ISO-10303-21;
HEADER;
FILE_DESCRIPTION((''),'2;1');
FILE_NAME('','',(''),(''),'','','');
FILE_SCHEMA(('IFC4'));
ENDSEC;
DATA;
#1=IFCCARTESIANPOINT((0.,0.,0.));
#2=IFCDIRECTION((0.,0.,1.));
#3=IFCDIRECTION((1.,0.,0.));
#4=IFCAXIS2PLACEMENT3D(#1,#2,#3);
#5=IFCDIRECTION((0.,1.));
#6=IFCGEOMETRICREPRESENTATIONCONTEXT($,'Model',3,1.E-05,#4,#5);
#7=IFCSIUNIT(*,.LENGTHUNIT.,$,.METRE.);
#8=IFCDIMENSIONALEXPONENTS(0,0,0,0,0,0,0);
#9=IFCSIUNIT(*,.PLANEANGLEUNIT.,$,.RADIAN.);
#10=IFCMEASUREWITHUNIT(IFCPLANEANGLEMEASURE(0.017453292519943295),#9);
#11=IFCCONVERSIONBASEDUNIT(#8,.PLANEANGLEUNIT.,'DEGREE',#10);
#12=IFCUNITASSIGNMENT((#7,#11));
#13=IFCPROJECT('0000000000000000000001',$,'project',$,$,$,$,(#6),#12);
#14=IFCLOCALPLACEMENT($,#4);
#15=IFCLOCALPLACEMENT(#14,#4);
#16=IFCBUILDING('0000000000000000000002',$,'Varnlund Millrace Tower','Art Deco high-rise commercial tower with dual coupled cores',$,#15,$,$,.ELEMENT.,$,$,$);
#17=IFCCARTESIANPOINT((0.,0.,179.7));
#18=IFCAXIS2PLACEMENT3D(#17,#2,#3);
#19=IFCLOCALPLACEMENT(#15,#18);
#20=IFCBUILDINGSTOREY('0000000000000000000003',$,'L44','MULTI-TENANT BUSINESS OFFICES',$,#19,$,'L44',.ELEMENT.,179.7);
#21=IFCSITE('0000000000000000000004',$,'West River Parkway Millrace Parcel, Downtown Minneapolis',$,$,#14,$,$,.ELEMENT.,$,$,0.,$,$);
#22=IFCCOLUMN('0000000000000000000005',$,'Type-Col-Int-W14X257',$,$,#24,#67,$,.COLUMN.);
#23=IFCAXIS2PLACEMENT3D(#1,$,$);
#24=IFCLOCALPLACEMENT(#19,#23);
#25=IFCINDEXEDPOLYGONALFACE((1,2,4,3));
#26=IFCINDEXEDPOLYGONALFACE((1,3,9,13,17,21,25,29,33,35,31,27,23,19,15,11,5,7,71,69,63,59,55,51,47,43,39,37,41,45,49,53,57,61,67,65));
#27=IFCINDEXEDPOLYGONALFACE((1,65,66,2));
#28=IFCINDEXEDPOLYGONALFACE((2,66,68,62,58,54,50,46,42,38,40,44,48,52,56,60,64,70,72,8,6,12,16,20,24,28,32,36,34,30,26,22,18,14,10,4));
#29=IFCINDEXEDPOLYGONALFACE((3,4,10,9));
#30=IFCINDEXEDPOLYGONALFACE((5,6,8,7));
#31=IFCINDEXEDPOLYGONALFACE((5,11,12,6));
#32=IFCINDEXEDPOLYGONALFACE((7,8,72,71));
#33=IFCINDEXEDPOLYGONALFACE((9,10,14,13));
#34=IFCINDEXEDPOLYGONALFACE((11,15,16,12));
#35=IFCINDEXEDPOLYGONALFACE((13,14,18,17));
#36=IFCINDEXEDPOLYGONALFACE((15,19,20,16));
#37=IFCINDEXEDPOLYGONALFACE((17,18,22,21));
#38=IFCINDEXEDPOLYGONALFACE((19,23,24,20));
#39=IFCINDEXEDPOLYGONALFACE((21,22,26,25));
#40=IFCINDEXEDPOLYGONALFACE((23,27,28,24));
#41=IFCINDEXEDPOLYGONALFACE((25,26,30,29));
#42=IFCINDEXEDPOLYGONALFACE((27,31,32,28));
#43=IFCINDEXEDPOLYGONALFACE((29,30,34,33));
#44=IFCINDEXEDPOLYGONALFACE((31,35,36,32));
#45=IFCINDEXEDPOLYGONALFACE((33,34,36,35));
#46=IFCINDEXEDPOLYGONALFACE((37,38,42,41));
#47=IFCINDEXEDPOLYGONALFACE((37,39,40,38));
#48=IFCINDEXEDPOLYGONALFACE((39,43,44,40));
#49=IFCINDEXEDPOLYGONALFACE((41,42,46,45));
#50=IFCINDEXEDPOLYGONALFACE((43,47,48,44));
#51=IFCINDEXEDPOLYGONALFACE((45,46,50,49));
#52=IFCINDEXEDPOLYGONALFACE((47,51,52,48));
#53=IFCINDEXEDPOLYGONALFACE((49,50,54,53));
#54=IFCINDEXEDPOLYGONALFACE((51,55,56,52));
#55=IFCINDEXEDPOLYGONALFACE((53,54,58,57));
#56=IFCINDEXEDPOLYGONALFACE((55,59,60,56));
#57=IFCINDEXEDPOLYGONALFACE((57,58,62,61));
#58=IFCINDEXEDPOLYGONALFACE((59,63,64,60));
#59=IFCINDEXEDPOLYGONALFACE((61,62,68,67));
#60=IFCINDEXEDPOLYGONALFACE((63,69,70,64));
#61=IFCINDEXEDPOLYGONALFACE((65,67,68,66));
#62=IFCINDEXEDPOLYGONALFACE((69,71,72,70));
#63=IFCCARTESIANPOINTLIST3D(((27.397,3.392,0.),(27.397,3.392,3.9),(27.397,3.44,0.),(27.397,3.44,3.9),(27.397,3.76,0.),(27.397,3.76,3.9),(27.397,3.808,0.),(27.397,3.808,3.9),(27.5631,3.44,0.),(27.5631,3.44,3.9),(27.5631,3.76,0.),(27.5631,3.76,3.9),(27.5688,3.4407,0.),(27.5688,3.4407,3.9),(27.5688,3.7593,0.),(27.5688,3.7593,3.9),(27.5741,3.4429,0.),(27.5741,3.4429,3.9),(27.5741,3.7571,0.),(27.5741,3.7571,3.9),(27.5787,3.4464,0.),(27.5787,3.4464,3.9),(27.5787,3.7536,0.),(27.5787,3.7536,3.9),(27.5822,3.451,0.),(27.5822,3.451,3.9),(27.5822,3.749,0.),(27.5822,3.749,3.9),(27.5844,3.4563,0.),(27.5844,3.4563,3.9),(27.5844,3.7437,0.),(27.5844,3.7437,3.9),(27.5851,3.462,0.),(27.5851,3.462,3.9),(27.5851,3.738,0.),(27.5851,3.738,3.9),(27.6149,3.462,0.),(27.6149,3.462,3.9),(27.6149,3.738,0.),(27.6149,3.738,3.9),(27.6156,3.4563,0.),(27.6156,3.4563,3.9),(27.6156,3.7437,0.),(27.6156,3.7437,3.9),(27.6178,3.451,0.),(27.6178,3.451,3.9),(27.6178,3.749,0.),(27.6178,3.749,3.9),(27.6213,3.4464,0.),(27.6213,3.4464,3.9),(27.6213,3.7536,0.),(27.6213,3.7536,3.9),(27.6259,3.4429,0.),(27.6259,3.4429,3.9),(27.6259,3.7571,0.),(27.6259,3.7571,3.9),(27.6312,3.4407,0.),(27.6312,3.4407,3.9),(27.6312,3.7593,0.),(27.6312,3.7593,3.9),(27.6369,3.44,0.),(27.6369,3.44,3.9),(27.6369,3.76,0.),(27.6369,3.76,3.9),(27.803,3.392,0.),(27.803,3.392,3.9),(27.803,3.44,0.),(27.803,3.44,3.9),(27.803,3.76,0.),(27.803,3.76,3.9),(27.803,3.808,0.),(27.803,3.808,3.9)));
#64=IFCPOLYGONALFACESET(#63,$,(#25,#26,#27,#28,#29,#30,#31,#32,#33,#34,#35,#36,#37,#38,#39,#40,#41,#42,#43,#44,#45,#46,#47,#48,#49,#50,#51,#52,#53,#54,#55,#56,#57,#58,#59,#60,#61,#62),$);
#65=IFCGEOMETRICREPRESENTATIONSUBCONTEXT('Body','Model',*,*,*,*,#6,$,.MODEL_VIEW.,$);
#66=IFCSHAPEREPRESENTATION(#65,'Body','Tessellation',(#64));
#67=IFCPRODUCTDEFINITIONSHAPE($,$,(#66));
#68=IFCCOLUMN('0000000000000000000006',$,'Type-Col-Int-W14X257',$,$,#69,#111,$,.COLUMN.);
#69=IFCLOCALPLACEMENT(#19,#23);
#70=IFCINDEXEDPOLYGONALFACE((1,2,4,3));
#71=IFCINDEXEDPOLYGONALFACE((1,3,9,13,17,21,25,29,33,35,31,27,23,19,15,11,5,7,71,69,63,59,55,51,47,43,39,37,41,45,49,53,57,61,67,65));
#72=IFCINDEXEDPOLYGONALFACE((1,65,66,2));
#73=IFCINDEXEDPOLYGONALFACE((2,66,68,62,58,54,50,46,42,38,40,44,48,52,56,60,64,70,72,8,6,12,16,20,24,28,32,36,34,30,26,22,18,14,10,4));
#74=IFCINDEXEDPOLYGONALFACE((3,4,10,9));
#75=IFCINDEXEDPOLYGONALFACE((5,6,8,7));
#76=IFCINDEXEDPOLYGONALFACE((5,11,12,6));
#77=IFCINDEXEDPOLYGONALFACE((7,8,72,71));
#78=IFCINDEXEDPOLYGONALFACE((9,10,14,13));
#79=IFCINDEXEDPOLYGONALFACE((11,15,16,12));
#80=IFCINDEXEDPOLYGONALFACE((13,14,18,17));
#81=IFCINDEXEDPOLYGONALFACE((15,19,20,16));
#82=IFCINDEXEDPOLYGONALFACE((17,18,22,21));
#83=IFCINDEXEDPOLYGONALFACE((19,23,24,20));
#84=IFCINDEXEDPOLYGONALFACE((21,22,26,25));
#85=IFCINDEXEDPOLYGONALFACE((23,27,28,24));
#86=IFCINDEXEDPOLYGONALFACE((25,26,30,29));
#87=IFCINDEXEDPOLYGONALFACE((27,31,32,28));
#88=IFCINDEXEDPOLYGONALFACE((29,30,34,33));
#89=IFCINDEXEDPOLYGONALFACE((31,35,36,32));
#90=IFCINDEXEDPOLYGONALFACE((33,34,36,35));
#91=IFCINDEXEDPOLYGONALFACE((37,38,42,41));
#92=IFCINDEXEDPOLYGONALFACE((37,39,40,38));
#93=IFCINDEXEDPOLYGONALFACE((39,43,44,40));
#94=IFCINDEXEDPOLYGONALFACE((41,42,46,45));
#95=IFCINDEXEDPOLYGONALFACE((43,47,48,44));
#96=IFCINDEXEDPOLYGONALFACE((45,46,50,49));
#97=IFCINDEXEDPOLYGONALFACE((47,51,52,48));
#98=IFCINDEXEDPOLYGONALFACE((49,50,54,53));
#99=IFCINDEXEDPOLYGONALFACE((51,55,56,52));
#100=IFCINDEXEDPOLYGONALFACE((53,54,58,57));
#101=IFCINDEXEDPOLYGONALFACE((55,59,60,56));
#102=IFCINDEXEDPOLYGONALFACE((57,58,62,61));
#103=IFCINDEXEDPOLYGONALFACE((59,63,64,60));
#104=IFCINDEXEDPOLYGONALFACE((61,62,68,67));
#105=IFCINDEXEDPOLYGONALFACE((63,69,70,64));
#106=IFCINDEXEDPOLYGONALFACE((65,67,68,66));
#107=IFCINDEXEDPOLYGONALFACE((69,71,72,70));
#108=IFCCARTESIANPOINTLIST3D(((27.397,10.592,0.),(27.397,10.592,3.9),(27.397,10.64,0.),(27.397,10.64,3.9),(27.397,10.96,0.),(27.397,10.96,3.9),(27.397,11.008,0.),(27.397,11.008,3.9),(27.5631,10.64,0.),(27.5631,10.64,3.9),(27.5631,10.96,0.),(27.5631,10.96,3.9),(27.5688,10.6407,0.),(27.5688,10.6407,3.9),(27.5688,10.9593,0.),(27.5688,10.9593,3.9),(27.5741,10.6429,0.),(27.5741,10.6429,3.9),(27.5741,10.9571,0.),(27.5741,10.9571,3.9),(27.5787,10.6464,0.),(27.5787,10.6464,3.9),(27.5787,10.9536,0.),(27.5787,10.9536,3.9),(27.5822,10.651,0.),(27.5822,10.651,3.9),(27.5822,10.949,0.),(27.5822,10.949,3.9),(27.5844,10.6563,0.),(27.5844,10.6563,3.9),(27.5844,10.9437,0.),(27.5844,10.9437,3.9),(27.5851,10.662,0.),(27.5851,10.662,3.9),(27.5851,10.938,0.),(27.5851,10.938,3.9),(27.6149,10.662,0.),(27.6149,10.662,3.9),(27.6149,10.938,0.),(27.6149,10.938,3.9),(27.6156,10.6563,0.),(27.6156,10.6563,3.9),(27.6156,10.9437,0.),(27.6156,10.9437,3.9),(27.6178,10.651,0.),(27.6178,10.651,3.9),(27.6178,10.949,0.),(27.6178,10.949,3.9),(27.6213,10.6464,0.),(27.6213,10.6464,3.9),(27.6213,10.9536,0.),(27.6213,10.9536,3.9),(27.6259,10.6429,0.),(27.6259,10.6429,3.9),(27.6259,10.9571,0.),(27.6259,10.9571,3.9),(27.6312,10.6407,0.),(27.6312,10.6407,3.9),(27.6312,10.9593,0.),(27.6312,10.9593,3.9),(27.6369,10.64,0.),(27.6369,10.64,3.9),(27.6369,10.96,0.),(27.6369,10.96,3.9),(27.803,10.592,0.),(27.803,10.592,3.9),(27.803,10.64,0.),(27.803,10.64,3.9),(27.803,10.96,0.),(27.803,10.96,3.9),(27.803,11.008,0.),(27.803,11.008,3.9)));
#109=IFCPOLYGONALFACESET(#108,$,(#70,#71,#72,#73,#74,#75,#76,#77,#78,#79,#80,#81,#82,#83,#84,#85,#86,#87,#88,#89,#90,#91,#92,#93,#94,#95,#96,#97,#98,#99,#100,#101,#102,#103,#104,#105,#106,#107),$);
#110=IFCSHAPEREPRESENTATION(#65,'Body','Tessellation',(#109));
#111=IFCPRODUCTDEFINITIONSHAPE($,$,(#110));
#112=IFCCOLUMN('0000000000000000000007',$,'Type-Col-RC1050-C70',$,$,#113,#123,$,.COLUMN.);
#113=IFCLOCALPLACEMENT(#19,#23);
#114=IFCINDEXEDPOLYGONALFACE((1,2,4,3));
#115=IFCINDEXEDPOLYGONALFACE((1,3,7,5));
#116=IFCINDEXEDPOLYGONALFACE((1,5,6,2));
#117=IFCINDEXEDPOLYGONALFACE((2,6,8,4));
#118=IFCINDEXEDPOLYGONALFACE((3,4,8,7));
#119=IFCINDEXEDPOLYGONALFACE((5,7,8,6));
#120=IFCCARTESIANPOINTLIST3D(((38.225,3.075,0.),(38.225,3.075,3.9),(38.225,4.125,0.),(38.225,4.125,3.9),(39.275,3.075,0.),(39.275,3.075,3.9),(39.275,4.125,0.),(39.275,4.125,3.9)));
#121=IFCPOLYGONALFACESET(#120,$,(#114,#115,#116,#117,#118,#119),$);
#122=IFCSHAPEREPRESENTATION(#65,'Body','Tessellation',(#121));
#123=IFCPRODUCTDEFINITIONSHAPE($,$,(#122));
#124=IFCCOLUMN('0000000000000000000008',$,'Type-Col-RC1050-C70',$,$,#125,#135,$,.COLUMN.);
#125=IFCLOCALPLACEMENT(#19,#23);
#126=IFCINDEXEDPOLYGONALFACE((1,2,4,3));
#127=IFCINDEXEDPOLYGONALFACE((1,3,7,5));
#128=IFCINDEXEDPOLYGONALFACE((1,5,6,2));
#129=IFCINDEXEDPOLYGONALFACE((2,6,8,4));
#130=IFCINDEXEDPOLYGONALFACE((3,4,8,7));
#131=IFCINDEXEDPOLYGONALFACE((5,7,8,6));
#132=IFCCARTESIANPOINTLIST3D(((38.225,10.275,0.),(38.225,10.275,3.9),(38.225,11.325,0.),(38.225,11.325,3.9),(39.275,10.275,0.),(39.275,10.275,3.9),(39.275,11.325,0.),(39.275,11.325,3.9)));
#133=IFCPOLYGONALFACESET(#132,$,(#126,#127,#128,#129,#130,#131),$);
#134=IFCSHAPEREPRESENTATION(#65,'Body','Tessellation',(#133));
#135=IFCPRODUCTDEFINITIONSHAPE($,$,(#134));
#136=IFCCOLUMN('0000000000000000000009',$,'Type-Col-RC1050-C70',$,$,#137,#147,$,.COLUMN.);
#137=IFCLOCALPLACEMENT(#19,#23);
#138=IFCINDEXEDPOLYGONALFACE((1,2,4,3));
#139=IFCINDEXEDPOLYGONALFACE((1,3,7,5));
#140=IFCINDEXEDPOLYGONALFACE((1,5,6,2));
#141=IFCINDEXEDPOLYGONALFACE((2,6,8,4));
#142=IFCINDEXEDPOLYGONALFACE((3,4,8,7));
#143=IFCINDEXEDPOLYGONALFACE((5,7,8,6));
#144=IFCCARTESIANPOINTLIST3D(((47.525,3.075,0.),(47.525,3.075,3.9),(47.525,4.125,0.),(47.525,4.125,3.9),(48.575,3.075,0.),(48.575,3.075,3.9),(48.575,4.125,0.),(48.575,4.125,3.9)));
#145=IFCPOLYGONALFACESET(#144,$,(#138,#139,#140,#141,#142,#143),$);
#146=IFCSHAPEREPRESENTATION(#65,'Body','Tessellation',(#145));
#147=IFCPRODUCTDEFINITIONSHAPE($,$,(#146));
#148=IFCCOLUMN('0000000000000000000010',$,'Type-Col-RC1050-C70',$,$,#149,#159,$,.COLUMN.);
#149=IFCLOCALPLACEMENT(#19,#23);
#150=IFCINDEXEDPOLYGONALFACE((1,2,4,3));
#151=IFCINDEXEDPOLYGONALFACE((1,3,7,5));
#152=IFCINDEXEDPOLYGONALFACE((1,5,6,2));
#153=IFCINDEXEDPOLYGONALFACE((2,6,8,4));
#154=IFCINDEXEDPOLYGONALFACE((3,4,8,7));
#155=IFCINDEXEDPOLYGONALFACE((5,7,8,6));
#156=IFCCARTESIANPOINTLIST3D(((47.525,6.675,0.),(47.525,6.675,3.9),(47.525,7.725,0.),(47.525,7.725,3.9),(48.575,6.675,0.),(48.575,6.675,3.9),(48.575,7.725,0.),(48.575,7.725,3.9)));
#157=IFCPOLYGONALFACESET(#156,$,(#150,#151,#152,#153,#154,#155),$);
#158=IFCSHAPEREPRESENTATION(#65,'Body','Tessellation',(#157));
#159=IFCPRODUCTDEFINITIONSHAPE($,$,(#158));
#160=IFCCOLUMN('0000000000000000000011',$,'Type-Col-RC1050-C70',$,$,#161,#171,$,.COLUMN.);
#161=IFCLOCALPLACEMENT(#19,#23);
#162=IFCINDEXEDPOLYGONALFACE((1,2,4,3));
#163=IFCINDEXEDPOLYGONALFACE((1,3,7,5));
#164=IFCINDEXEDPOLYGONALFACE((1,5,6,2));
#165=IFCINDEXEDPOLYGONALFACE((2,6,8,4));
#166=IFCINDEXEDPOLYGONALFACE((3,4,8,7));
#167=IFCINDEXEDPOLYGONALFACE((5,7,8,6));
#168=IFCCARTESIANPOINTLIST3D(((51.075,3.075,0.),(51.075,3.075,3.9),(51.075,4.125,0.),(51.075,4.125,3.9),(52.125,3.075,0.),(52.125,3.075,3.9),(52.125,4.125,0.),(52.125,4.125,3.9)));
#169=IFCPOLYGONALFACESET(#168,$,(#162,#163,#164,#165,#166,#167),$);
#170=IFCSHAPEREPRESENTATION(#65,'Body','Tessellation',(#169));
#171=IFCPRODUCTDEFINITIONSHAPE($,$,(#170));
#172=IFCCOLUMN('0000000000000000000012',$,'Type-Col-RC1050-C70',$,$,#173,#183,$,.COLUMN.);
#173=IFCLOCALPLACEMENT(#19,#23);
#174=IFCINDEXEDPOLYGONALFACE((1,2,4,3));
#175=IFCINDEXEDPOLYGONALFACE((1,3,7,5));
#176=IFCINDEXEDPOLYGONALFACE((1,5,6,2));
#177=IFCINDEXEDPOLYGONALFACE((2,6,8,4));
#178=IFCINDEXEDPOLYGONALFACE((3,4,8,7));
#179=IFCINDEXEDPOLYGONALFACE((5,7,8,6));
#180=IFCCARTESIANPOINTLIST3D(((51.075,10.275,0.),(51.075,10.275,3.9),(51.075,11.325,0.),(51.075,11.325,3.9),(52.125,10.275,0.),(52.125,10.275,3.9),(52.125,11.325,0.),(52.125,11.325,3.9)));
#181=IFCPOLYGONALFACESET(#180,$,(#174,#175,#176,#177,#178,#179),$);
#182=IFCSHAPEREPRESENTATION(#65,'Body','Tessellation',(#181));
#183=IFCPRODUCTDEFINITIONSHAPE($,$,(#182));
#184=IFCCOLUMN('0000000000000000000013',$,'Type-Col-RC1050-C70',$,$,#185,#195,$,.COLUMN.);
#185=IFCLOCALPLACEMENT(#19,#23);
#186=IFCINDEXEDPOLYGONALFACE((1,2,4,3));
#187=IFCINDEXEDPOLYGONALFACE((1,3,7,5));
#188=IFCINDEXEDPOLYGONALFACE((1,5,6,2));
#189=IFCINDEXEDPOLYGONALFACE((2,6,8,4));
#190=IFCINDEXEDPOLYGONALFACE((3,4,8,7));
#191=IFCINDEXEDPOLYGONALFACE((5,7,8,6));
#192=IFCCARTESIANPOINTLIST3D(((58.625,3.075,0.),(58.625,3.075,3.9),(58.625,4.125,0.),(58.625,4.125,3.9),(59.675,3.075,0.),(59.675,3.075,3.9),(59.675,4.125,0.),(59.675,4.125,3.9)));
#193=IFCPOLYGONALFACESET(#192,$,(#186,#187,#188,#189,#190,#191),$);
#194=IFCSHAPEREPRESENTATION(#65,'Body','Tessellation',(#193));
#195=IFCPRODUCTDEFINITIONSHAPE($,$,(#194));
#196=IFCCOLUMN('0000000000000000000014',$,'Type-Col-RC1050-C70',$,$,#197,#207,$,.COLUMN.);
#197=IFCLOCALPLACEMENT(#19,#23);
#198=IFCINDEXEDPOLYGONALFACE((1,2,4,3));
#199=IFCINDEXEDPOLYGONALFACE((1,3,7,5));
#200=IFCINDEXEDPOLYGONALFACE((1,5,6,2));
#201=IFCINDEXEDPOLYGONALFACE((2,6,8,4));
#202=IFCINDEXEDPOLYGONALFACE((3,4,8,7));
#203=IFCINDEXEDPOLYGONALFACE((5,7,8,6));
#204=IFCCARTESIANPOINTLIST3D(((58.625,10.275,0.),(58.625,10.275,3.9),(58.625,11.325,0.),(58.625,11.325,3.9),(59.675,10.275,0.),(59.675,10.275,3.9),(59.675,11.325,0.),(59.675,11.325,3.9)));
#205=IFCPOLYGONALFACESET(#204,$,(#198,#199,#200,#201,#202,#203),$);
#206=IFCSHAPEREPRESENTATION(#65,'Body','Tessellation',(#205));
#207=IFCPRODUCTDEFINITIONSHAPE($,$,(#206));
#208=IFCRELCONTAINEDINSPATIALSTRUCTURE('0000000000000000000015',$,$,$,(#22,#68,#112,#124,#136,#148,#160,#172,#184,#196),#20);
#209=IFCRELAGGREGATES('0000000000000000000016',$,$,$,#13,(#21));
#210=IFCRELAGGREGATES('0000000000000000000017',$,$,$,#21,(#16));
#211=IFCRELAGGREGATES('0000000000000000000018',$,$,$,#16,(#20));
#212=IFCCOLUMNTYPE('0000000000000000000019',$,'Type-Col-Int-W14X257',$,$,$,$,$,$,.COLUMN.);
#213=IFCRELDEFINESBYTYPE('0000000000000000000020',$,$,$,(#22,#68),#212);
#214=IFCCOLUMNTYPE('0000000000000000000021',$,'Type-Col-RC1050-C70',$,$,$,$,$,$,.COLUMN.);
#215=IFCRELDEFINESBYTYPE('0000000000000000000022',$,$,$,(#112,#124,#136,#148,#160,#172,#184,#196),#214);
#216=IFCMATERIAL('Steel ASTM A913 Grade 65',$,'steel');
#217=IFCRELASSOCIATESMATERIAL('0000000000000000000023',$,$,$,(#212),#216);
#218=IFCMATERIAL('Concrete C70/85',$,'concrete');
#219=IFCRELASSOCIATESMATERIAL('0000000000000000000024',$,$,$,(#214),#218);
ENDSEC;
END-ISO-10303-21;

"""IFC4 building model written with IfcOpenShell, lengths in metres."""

from ifc_helpers import new_model, entity, si_unit, converted_unit, direction, frame, origin_with_axes, origin_2d_with_axis, place, context, subcontext, project, spatial, rectangle, i_section, extrude, material, material_profile, profile_set, type_object, element, save


model = new_model("IFC4")

# Units and contexts
model_context = context("Model", 3, precision=1e-05, world=origin_with_axes(), true_north=direction((0.0, 1.0)))
body_context = subcontext(model_context, "Body", "Model", "MODEL_VIEW")
ifc_project = project(units=[si_unit("LENGTHUNIT", "METRE"), converted_unit("PLANEANGLEUNIT", "DEGREE", entity("IfcPlaneAngleMeasure", 0.017453292519943295), si_unit("PLANEANGLEUNIT", "RADIAN"), dimensions=[0, 0, 0, 0, 0, 0, 0])], contexts=[model_context])

# Site, building, storey
site_placement = place(None, origin_with_axes())
site = spatial("IfcSite", under=ifc_project, at=site_placement, Name="West River Parkway Millrace Parcel, Downtown Minneapolis", CompositionType="ELEMENT", RefElevation=0.0)
building_placement = place(site_placement, origin_with_axes())
building = spatial("IfcBuilding", under=site, at=building_placement, Name="Varnlund Millrace Tower", Description="Art Deco high-rise commercial tower with dual coupled cores", CompositionType="ELEMENT")
storey_placement = place(building_placement, frame((0.0, 0.0, 179.7), z_axis=(0.0, 0.0, 1.0), x_axis=(1.0, 0.0, 0.0)))
storey = spatial("IfcBuildingStorey", under=building, at=storey_placement, Name="L44", Description="MULTI-TENANT BUSINESS OFFICES", LongName="L44", CompositionType="ELEMENT", Elevation=179.7)

# Columns
ifc_material_1 = material(Name="Steel ASTM A913 Grade 65", Category="steel")
ifc_material_profile_1 = material_profile(ifc_material_1, i_section(OverallWidth=0.406, OverallDepth=0.416, WebThickness=0.0298, FlangeThickness=0.048, FilletRadius=0.022, at=origin_2d_with_axis()), Name="Steel ASTM A913 Grade 65")
ifc_profile_set_1 = profile_set([ifc_material_profile_1], Name="Steel ASTM A913 Grade 65")
column_type_1 = type_object("IfcColumnType", Name="Type-Col-Int-W14X257", PredefinedType="COLUMN", material=ifc_profile_set_1)
for number, where, z_axis, x_axis, name in (
    (1, (27.6, 3.6, 0.0), (0.0, 0.0, 1.0), (1.0, 0.0, 0.0), "Type-Col-Int-W14X257"),
    (2, (27.6, 10.8, 0.0), (0.0, 0.0, 1.0), (1.0, 0.0, 0.0), "Type-Col-Int-W14X257"),
):
    element("IfcColumn", number, at=place(storey_placement, frame(where, z_axis=z_axis, x_axis=x_axis)), inside=storey, type_object=column_type_1, Name=name, PredefinedType="COLUMN", context=body_context, shape_type="SweptSolid", body=[
        extrude(i_section(OverallWidth=0.406, OverallDepth=0.416, WebThickness=0.0298, FlangeThickness=0.048, FilletRadius=0.022, at=origin_2d_with_axis()), origin_with_axes(), (0.0, 0.0, 1.0), 3.9),
    ])
ifc_material_2 = material(Name="Concrete C70/85", Category="concrete")
ifc_material_profile_2 = material_profile(ifc_material_2, rectangle(XDim=1.05, YDim=1.05, at=origin_2d_with_axis()), Name="Concrete C70/85")
ifc_profile_set_2 = profile_set([ifc_material_profile_2], Name="Concrete C70/85")
column_type_2 = type_object("IfcColumnType", Name="Type-Col-RC1050-C70", PredefinedType="COLUMN", material=ifc_profile_set_2)
for number, where, z_axis, x_axis, name in (
    (3, (38.75, 3.6, 0.0), (0.0, 0.0, 1.0), (1.0, 0.0, 0.0), "Type-Col-RC1050-C70"),
    (4, (38.75, 10.8, 0.0), (0.0, 0.0, 1.0), (1.0, 0.0, 0.0), "Type-Col-RC1050-C70"),
    (5, (48.05, 3.6, 0.0), (0.0, 0.0, 1.0), (1.0, 0.0, 0.0), "Type-Col-RC1050-C70"),
    (6, (48.05, 7.2, 0.0), (0.0, 0.0, 1.0), (1.0, 0.0, 0.0), "Type-Col-RC1050-C70"),
    (7, (51.6, 3.6, 0.0), (0.0, 0.0, 1.0), (1.0, 0.0, 0.0), "Type-Col-RC1050-C70"),
    (8, (51.6, 10.8, 0.0), (0.0, 0.0, 1.0), (1.0, 0.0, 0.0), "Type-Col-RC1050-C70"),
    (9, (59.15, 3.6, 0.0), (0.0, 0.0, 1.0), (1.0, 0.0, 0.0), "Type-Col-RC1050-C70"),
    (10, (59.15, 10.8, 0.0), (0.0, 0.0, 1.0), (1.0, 0.0, 0.0), "Type-Col-RC1050-C70"),
):
    element("IfcColumn", number, at=place(storey_placement, frame(where, z_axis=z_axis, x_axis=x_axis)), inside=storey, type_object=column_type_2, Name=name, PredefinedType="COLUMN", context=body_context, shape_type="SweptSolid", body=[
        extrude(rectangle(XDim=1.05, YDim=1.05, at=origin_2d_with_axis()), origin_with_axes(), (0.0, 0.0, 1.0), 3.9),
    ])

save(model, "model.ifc")
